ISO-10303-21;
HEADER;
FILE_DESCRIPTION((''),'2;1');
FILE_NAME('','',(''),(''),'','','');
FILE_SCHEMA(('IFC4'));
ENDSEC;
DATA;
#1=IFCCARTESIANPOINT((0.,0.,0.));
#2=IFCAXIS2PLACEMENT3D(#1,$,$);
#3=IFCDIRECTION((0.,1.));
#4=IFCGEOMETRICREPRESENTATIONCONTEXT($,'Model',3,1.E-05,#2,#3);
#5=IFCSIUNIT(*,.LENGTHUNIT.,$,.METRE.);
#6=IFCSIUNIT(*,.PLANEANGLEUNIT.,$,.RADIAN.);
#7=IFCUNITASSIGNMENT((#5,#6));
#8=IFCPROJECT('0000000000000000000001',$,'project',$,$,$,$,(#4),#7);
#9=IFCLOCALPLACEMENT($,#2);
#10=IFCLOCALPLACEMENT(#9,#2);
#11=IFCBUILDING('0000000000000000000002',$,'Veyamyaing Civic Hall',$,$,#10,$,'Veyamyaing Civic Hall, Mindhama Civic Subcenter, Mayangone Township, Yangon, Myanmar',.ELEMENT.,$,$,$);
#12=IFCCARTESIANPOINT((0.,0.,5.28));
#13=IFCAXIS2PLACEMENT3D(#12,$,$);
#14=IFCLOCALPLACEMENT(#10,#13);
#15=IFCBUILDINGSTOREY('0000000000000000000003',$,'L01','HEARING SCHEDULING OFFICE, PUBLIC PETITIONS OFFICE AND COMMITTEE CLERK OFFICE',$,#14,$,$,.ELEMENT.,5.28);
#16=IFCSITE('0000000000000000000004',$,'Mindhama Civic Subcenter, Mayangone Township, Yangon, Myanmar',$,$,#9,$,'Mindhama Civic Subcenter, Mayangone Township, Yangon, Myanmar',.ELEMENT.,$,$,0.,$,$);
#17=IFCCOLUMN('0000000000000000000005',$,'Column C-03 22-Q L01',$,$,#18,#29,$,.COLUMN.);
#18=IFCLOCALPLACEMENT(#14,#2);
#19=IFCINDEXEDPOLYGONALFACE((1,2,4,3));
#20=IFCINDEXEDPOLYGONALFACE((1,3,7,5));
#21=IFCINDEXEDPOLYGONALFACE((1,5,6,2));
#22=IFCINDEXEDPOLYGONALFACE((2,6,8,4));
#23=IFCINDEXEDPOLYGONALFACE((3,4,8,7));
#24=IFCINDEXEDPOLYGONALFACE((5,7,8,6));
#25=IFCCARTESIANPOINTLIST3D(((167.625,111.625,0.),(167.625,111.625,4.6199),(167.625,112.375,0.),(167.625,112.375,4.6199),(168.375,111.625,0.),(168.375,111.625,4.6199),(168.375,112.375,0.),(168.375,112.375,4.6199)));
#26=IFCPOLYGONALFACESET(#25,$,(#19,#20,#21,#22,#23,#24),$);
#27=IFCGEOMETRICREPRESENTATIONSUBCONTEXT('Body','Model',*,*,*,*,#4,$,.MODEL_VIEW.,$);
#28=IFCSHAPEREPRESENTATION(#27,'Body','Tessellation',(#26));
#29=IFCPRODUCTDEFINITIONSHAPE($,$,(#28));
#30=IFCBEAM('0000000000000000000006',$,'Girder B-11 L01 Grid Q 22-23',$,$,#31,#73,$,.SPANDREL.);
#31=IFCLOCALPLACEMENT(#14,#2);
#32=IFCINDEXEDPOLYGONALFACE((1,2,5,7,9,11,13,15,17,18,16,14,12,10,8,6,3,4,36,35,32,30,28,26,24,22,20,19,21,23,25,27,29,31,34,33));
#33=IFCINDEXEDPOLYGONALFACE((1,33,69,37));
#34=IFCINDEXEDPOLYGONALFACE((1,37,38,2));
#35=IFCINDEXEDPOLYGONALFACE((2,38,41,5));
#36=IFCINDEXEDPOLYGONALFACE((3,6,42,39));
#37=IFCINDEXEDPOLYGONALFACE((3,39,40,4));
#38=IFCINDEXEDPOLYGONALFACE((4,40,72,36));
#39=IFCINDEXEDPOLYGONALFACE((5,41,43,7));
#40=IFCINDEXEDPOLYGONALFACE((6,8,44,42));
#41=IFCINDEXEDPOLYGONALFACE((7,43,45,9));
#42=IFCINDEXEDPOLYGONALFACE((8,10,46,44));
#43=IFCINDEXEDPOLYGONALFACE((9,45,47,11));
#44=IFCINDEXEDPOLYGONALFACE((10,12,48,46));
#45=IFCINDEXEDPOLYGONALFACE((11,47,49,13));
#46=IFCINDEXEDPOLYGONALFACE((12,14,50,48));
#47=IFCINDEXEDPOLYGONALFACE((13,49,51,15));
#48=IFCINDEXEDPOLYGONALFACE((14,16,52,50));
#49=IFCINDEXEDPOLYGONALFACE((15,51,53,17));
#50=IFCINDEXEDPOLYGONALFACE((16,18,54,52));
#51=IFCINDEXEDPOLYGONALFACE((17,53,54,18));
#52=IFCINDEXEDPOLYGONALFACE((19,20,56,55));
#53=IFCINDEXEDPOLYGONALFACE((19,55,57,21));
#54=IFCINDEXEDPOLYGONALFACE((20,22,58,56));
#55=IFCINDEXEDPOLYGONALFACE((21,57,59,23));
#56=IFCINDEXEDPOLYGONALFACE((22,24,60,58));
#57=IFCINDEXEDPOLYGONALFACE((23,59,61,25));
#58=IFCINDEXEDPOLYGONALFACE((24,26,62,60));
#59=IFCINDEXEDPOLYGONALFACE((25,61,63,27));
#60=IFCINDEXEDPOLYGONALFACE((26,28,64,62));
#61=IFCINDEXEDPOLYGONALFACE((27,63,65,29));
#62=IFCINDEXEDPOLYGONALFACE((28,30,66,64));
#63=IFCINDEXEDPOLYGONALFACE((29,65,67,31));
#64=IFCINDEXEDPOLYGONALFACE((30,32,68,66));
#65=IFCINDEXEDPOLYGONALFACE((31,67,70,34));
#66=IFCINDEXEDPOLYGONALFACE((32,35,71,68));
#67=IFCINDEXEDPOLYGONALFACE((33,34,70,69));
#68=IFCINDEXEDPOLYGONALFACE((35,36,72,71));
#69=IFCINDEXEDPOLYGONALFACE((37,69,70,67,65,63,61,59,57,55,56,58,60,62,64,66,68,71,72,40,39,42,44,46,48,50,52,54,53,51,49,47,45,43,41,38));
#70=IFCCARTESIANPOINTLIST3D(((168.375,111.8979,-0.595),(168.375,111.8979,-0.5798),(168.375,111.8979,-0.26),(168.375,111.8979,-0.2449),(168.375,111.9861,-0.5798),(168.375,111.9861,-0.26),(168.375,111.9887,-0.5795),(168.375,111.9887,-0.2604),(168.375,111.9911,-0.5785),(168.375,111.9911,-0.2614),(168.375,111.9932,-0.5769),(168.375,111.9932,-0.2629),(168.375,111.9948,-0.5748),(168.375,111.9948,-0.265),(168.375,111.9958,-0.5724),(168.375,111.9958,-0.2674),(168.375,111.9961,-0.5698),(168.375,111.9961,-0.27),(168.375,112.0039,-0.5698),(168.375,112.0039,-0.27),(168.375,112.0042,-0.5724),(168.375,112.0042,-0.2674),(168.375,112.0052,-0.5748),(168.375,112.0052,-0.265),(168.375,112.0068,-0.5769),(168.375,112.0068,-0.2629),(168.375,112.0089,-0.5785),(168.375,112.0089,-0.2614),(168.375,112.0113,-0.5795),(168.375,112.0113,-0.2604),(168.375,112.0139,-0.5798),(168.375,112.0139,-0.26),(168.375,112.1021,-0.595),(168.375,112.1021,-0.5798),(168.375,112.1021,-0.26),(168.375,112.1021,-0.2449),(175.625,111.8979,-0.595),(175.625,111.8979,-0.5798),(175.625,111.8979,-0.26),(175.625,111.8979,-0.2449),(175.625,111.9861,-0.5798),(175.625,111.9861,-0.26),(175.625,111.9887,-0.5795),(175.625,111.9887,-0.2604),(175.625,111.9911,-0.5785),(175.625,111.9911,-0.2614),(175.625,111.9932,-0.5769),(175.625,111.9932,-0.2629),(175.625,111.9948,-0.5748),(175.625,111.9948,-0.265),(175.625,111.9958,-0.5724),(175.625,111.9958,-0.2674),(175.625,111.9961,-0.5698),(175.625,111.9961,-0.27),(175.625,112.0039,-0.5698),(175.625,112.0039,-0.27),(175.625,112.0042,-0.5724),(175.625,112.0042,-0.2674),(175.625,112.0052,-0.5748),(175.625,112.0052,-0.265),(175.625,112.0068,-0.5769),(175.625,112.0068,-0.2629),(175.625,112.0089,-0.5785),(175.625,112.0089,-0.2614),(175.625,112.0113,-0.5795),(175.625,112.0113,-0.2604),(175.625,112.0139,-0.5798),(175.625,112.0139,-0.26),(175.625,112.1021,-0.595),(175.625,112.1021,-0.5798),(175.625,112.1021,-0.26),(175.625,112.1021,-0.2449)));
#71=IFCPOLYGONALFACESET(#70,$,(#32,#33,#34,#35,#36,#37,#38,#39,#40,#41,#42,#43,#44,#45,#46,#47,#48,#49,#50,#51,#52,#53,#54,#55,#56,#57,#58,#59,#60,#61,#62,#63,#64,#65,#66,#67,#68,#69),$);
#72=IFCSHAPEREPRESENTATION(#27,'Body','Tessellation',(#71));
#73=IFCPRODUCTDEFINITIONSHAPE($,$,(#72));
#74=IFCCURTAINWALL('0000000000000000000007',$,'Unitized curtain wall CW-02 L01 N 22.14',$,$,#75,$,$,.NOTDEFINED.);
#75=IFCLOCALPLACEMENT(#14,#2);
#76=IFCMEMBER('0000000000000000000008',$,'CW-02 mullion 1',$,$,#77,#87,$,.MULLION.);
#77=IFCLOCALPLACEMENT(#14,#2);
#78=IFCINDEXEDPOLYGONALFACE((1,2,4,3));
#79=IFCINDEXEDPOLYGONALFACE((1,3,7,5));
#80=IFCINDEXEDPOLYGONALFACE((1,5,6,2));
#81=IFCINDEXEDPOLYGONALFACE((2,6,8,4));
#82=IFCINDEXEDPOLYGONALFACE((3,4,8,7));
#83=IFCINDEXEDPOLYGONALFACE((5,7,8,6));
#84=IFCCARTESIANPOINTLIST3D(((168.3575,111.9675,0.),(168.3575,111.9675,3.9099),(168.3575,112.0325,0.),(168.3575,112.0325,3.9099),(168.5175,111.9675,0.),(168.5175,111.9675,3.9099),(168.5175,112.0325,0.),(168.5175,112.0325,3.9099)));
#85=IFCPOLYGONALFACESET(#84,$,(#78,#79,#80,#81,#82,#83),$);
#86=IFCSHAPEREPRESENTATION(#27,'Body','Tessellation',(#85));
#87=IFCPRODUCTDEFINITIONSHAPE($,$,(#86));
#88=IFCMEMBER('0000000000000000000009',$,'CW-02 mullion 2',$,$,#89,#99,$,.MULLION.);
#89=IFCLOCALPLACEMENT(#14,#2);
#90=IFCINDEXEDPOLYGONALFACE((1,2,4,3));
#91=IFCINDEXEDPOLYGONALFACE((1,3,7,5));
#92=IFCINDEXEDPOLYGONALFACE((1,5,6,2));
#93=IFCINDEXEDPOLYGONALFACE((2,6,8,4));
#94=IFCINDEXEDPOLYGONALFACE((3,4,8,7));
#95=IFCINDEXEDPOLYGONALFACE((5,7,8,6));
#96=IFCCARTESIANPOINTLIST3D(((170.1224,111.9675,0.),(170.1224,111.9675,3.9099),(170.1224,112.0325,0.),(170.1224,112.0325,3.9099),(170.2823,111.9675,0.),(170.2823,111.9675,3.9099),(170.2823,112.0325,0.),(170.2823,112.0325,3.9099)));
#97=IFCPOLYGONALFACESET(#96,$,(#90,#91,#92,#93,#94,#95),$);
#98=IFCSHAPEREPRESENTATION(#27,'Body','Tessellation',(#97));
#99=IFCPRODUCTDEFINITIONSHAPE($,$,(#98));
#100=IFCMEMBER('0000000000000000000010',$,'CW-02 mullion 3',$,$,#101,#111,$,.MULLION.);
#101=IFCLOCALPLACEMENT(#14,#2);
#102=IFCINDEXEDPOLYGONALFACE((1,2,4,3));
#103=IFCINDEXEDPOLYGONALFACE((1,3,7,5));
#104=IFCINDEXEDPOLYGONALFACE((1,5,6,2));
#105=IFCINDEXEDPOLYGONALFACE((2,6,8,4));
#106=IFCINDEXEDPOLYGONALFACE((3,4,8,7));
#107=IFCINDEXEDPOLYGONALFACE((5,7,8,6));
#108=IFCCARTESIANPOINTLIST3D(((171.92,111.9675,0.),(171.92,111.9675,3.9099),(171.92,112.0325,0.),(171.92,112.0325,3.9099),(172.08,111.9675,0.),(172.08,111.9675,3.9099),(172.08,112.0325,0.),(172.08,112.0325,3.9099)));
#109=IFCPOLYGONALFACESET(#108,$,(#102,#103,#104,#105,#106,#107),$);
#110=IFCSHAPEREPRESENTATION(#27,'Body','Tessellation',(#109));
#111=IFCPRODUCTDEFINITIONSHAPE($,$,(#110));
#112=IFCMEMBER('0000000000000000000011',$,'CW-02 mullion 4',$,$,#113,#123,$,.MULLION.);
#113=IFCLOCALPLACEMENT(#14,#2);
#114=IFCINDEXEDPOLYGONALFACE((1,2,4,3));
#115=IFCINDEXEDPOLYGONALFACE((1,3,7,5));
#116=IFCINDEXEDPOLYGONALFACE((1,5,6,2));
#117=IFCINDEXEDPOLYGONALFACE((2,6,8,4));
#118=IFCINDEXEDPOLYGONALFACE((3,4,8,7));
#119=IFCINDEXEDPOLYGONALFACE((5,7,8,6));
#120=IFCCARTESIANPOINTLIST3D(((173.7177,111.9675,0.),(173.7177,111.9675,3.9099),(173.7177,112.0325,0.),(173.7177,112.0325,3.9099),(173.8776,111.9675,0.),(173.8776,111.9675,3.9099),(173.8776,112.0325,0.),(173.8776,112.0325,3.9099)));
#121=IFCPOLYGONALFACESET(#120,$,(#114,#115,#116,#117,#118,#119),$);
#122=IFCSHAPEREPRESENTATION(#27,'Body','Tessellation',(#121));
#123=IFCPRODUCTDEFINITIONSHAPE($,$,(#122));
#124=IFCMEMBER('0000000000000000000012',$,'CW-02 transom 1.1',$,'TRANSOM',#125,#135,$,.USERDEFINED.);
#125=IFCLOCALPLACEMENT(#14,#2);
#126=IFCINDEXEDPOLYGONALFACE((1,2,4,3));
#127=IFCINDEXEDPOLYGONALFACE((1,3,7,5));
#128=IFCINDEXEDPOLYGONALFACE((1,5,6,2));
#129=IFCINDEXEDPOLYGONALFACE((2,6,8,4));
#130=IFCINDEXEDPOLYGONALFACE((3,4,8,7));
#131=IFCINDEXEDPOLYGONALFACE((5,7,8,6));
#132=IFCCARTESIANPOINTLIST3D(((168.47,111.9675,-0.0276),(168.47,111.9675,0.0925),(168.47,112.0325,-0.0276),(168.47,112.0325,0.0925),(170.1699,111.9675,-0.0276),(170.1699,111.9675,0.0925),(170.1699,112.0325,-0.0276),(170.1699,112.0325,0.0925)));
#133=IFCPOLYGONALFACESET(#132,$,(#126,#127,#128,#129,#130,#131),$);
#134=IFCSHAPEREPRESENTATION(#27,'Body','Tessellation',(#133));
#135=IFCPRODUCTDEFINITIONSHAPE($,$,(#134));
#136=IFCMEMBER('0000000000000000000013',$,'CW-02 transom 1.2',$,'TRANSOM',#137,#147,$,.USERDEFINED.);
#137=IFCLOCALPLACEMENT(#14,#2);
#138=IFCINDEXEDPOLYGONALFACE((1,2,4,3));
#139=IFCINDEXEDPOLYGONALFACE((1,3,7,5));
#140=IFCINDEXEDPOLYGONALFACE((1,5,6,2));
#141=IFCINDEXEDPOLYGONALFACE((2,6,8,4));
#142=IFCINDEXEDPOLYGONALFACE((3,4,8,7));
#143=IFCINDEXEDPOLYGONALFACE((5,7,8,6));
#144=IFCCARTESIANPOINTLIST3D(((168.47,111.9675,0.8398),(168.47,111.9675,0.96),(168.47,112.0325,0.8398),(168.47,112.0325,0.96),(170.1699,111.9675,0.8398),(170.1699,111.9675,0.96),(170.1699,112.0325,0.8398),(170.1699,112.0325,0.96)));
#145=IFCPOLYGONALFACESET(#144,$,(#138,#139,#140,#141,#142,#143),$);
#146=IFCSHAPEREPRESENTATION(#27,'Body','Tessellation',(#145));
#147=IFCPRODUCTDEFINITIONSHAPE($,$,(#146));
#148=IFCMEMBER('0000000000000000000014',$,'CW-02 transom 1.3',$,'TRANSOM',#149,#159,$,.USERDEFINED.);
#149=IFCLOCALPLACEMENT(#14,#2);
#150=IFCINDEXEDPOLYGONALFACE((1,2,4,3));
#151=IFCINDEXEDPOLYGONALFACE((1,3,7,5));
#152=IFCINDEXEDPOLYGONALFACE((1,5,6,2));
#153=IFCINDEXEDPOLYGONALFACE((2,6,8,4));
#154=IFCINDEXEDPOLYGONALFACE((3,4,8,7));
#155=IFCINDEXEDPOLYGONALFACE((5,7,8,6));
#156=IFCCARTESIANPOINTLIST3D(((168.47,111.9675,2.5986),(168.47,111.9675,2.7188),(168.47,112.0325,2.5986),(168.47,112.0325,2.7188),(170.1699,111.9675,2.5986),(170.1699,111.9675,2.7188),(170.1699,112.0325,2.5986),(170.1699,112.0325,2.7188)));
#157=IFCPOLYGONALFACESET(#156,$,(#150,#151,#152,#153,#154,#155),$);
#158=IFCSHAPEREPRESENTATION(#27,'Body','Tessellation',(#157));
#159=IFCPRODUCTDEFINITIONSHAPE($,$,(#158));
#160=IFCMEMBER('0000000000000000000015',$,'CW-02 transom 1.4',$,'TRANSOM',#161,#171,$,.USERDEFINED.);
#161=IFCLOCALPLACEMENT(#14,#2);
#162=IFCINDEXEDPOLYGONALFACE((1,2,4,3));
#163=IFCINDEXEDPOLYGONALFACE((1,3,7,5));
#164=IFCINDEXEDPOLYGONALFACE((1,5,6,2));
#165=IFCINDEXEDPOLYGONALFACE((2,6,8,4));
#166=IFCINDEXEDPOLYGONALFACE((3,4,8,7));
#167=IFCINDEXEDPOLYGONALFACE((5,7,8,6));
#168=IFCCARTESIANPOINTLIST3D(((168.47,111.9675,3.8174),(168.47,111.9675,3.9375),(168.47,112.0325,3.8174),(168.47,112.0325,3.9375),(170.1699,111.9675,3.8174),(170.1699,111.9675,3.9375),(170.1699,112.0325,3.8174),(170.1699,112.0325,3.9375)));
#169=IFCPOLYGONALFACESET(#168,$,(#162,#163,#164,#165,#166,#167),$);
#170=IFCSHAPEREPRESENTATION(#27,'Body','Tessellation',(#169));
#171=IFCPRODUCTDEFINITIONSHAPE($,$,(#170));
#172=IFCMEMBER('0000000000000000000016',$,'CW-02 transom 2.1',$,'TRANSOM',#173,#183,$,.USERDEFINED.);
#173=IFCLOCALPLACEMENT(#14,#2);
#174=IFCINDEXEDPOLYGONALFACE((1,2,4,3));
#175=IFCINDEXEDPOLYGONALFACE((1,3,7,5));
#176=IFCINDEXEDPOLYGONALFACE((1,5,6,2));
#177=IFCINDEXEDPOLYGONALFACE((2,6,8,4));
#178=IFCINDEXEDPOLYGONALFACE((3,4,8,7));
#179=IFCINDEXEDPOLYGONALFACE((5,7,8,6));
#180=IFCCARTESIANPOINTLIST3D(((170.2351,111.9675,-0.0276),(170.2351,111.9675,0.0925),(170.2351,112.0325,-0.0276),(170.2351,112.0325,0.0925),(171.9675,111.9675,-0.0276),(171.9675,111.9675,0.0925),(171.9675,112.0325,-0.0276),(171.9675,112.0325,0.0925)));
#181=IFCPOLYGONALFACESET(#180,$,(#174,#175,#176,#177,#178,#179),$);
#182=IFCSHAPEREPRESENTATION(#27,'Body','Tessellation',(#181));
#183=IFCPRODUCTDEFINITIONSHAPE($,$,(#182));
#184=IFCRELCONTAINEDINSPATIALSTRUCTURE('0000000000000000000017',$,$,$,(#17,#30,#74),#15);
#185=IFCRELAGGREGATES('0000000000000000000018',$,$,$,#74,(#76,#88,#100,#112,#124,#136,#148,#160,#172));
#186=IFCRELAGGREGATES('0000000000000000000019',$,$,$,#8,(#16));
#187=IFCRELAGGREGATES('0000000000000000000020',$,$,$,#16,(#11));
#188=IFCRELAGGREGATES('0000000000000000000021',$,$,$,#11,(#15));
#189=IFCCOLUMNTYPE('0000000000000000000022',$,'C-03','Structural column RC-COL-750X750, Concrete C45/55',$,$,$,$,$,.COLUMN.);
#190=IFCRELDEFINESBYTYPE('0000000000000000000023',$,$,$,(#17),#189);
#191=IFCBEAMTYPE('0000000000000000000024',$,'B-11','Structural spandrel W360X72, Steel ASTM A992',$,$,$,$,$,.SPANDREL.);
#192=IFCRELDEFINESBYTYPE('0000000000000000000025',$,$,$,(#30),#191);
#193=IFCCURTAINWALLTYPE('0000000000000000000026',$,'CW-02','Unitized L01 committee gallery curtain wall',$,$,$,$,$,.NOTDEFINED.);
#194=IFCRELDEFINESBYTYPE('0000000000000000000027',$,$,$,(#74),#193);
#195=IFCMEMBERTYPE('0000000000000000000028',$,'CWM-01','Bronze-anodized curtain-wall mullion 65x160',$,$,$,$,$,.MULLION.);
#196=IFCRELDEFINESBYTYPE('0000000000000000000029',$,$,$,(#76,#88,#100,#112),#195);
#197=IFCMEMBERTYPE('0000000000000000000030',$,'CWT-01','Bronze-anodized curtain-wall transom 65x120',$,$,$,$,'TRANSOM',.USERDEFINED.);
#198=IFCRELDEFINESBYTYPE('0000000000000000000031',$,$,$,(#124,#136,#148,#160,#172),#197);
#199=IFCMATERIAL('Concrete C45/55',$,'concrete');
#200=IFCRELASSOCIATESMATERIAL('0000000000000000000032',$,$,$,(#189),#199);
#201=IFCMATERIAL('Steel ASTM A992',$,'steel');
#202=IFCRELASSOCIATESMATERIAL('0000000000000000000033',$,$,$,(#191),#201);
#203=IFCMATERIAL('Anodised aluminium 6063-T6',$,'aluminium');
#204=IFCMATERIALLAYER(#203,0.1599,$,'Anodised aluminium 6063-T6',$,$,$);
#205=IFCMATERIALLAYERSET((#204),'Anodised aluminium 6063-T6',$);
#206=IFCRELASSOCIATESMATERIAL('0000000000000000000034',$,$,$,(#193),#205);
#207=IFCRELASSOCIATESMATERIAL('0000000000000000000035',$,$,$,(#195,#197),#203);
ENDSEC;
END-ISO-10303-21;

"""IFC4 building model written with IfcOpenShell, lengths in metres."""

from ifc_helpers import new_model, si_unit, direction, frame, origin, origin_2d, place, context, subcontext, project, spatial, rectangle, i_section, extrude, material, layer, layer_set, material_profile, profile_set, type_object, element, aggregate, save


model = new_model("IFC4")

# Units and contexts
model_context = context("Model", 3, precision=1e-05, world=origin(), true_north=direction((0.0, 1.0)))
body_context = subcontext(model_context, "Body", "Model", "MODEL_VIEW")
ifc_project = project(units=[si_unit("LENGTHUNIT", "METRE"), si_unit("PLANEANGLEUNIT", "RADIAN")], contexts=[model_context])

# Site, building, storey
site_placement = place(None, origin())
site = spatial("IfcSite", under=ifc_project, at=site_placement, Name="Mindhama Civic Subcenter, Mayangone Township, Yangon, Myanmar", LongName="Mindhama Civic Subcenter, Mayangone Township, Yangon, Myanmar", CompositionType="ELEMENT", RefElevation=0.0)
building_placement = place(site_placement, origin())
building = spatial("IfcBuilding", under=site, at=building_placement, Name="Veyamyaing Civic Hall", LongName="Veyamyaing Civic Hall, Mindhama Civic Subcenter, Mayangone Township, Yangon, Myanmar", CompositionType="ELEMENT")
storey_placement = place(building_placement, frame((0.0, 0.0, 5.28)))
storey = spatial("IfcBuildingStorey", under=building, at=storey_placement, Name="L01", Description="HEARING SCHEDULING OFFICE, PUBLIC PETITIONS OFFICE AND COMMITTEE CLERK OFFICE", CompositionType="ELEMENT", Elevation=5.28)

# Column
ifc_material_1 = material(Name="Concrete C45/55", Category="concrete")
ifc_material_profile_1 = material_profile(ifc_material_1, rectangle(XDim=0.75, YDim=0.75, at=origin_2d()), Name="RC-COL-750X750")
ifc_profile_set_1 = profile_set([ifc_material_profile_1], Name="Concrete C45/55")
column_type = type_object("IfcColumnType", Name="C-03", Description="Structural column RC-COL-750X750, Concrete C45/55", PredefinedType="COLUMN", material=ifc_profile_set_1)
column_placement = place(storey_placement, frame((168.0, 112.0, 0.0), z_axis=(0.0, 0.0, 1.0), x_axis=(1.0, 0.0, 0.0)))
element("IfcColumn", 1, at=column_placement, inside=storey, type_object=column_type, Name="Column C-03 22-Q L01", PredefinedType="COLUMN", context=body_context, shape_type="SweptSolid", body=[
    extrude(rectangle(XDim=0.75, YDim=0.75, at=origin_2d()), origin(), (0.0, 0.0, 1.0), 4.6199),
])

# Beam
ifc_material_2 = material(Name="Steel ASTM A992", Category="steel")
ifc_material_profile_2 = material_profile(ifc_material_2, i_section(OverallWidth=0.2041, OverallDepth=0.3501, WebThickness=0.0078, FlangeThickness=0.0151, FilletRadius=0.01, at=origin_2d()), Name="W360X72")
ifc_profile_set_2 = profile_set([ifc_material_profile_2], Name="Steel ASTM A992")
beam_type_1 = type_object("IfcBeamType", Name="B-11", Description="Structural spandrel W360X72, Steel ASTM A992", PredefinedType="SPANDREL", material=ifc_profile_set_2)
beam_placement = place(storey_placement, frame((168.375, 112.0, -0.4199), z_axis=(1.0, 0.0, 0.0), x_axis=(0.0, 1.0, 0.0)))
element("IfcBeam", 2, at=beam_placement, inside=storey, type_object=beam_type_1, Name="Girder B-11 L01 Grid Q 22-23", PredefinedType="SPANDREL", context=body_context, shape_type="SweptSolid", body=[
    extrude(i_section(OverallWidth=0.2041, OverallDepth=0.3501, WebThickness=0.0078, FlangeThickness=0.0151, FilletRadius=0.01, at=origin_2d()), origin(), (0.0, 0.0, 1.0), 7.25),
])

# Curtain wall, members
ifc_material_3 = material(Name="Anodised aluminium 6063-T6", Category="aluminium")
ifc_layer_1 = layer(ifc_material_3, 0.1599, Name="Anodised aluminium 6063-T6")
ifc_layer_set_1 = layer_set([ifc_layer_1], Name="Anodised aluminium 6063-T6")
curtain_wall_type = type_object("IfcCurtainWallType", Name="CW-02", Description="Unitized L01 committee gallery curtain wall", PredefinedType="NOTDEFINED", material=ifc_layer_set_1)
curtain_wall_placement = place(storey_placement, origin())
curtain_wall = element("IfcCurtainWall", 3, at=curtain_wall_placement, inside=storey, type_object=curtain_wall_type, Name="Unitized curtain wall CW-02 L01 N 22.14", PredefinedType="NOTDEFINED")
ifc_material_profile_3 = material_profile(ifc_material_3, rectangle(XDim=0.0649, YDim=0.1599, at=origin_2d()), Name="ALU-MUL-65X160")
ifc_profile_set_3 = profile_set([ifc_material_profile_3], Name="Anodised aluminium 6063-T6")
member_type_1 = type_object("IfcMemberType", Name="CWM-01", Description="Bronze-anodized curtain-wall mullion 65x160", PredefinedType="MULLION", material=ifc_profile_set_3)
member_1_placement = place(storey_placement, frame((168.4375, 112.0, 0.0), z_axis=(0.0, 0.0, 1.0), x_axis=(0.0, 1.0, 0.0)))
member_1 = element("IfcMember", 4, at=member_1_placement, type_object=member_type_1, Name="CW-02 mullion 1", PredefinedType="MULLION", context=body_context, shape_type="SweptSolid", body=[
    extrude(rectangle(XDim=0.0649, YDim=0.1599, at=origin_2d()), origin(), (0.0, 0.0, 1.0), 3.9099),
])
member_2_placement = place(storey_placement, frame((170.2024, 112.0, 0.0), z_axis=(0.0, 0.0, 1.0), x_axis=(0.0, 1.0, 0.0)))
member_2 = element("IfcMember", 5, at=member_2_placement, type_object=member_type_1, Name="CW-02 mullion 2", PredefinedType="MULLION", context=body_context, shape_type="SweptSolid", body=[
    extrude(rectangle(XDim=0.0649, YDim=0.1599, at=origin_2d()), origin(), (0.0, 0.0, 1.0), 3.9099),
])
member_3_placement = place(storey_placement, frame((172.0, 112.0, 0.0), z_axis=(0.0, 0.0, 1.0), x_axis=(0.0, 1.0, 0.0)))
member_3 = element("IfcMember", 6, at=member_3_placement, type_object=member_type_1, Name="CW-02 mullion 3", PredefinedType="MULLION", context=body_context, shape_type="SweptSolid", body=[
    extrude(rectangle(XDim=0.0649, YDim=0.1599, at=origin_2d()), origin(), (0.0, 0.0, 1.0), 3.9099),
])
member_4_placement = place(storey_placement, frame((173.7976, 112.0, 0.0), z_axis=(0.0, 0.0, 1.0), x_axis=(0.0, 1.0, 0.0)))
member_4 = element("IfcMember", 7, at=member_4_placement, type_object=member_type_1, Name="CW-02 mullion 4", PredefinedType="MULLION", context=body_context, shape_type="SweptSolid", body=[
    extrude(rectangle(XDim=0.0649, YDim=0.1599, at=origin_2d()), origin(), (0.0, 0.0, 1.0), 3.9099),
])
ifc_material_profile_4 = material_profile(ifc_material_3, rectangle(XDim=0.0649, YDim=0.1201, at=origin_2d()), Name="ALU-TRN-65X120")
ifc_profile_set_4 = profile_set([ifc_material_profile_4], Name="Anodised aluminium 6063-T6")
member_type_2 = type_object("IfcMemberType", Name="CWT-01", Description="Bronze-anodized curtain-wall transom 65x120", ElementType="TRANSOM", PredefinedType="USERDEFINED", material=ifc_profile_set_4)
member_5_placement = place(storey_placement, frame((168.47, 112.0, 0.0325), z_axis=(1.0, 0.0, 0.0), x_axis=(0.0, 1.0, 0.0)))
member_5 = element("IfcMember", 8, at=member_5_placement, type_object=member_type_2, Name="CW-02 transom 1.1", ObjectType="TRANSOM", PredefinedType="USERDEFINED", context=body_context, shape_type="SweptSolid", body=[
    extrude(rectangle(XDim=0.0649, YDim=0.1201, at=origin_2d()), origin(), (0.0, 0.0, 1.0), 1.7),
])
member_6_placement = place(storey_placement, frame((168.47, 112.0, 0.8999), z_axis=(1.0, 0.0, 0.0), x_axis=(0.0, 1.0, 0.0)))
member_6 = element("IfcMember", 9, at=member_6_placement, type_object=member_type_2, Name="CW-02 transom 1.2", ObjectType="TRANSOM", PredefinedType="USERDEFINED", context=body_context, shape_type="SweptSolid", body=[
    extrude(rectangle(XDim=0.0649, YDim=0.1201, at=origin_2d()), origin(), (0.0, 0.0, 1.0), 1.7),
])
member_7_placement = place(storey_placement, frame((168.47, 112.0, 2.6587), z_axis=(1.0, 0.0, 0.0), x_axis=(0.0, 1.0, 0.0)))
member_7 = element("IfcMember", 10, at=member_7_placement, type_object=member_type_2, Name="CW-02 transom 1.3", ObjectType="TRANSOM", PredefinedType="USERDEFINED", context=body_context, shape_type="SweptSolid", body=[
    extrude(rectangle(XDim=0.0649, YDim=0.1201, at=origin_2d()), origin(), (0.0, 0.0, 1.0), 1.7),
])
member_8_placement = place(storey_placement, frame((168.47, 112.0, 3.8774), z_axis=(1.0, 0.0, 0.0), x_axis=(0.0, 1.0, 0.0)))
member_8 = element("IfcMember", 11, at=member_8_placement, type_object=member_type_2, Name="CW-02 transom 1.4", ObjectType="TRANSOM", PredefinedType="USERDEFINED", context=body_context, shape_type="SweptSolid", body=[
    extrude(rectangle(XDim=0.0649, YDim=0.1201, at=origin_2d()), origin(), (0.0, 0.0, 1.0), 1.7),
])
member_9_placement = place(storey_placement, frame((170.2351, 112.0, 0.0325), z_axis=(1.0, 0.0, 0.0), x_axis=(0.0, 1.0, 0.0)))
member_9 = element("IfcMember", 12, at=member_9_placement, type_object=member_type_2, Name="CW-02 transom 2.1", ObjectType="TRANSOM", PredefinedType="USERDEFINED", context=body_context, shape_type="SweptSolid", body=[
    extrude(rectangle(XDim=0.0649, YDim=0.1201, at=origin_2d()), origin(), (0.0, 0.0, 1.0), 1.7324),
])

aggregate(curtain_wall, [member_1, member_2, member_3, member_4, member_5, member_6, member_7, member_8, member_9])

save(model, "model.ifc")
